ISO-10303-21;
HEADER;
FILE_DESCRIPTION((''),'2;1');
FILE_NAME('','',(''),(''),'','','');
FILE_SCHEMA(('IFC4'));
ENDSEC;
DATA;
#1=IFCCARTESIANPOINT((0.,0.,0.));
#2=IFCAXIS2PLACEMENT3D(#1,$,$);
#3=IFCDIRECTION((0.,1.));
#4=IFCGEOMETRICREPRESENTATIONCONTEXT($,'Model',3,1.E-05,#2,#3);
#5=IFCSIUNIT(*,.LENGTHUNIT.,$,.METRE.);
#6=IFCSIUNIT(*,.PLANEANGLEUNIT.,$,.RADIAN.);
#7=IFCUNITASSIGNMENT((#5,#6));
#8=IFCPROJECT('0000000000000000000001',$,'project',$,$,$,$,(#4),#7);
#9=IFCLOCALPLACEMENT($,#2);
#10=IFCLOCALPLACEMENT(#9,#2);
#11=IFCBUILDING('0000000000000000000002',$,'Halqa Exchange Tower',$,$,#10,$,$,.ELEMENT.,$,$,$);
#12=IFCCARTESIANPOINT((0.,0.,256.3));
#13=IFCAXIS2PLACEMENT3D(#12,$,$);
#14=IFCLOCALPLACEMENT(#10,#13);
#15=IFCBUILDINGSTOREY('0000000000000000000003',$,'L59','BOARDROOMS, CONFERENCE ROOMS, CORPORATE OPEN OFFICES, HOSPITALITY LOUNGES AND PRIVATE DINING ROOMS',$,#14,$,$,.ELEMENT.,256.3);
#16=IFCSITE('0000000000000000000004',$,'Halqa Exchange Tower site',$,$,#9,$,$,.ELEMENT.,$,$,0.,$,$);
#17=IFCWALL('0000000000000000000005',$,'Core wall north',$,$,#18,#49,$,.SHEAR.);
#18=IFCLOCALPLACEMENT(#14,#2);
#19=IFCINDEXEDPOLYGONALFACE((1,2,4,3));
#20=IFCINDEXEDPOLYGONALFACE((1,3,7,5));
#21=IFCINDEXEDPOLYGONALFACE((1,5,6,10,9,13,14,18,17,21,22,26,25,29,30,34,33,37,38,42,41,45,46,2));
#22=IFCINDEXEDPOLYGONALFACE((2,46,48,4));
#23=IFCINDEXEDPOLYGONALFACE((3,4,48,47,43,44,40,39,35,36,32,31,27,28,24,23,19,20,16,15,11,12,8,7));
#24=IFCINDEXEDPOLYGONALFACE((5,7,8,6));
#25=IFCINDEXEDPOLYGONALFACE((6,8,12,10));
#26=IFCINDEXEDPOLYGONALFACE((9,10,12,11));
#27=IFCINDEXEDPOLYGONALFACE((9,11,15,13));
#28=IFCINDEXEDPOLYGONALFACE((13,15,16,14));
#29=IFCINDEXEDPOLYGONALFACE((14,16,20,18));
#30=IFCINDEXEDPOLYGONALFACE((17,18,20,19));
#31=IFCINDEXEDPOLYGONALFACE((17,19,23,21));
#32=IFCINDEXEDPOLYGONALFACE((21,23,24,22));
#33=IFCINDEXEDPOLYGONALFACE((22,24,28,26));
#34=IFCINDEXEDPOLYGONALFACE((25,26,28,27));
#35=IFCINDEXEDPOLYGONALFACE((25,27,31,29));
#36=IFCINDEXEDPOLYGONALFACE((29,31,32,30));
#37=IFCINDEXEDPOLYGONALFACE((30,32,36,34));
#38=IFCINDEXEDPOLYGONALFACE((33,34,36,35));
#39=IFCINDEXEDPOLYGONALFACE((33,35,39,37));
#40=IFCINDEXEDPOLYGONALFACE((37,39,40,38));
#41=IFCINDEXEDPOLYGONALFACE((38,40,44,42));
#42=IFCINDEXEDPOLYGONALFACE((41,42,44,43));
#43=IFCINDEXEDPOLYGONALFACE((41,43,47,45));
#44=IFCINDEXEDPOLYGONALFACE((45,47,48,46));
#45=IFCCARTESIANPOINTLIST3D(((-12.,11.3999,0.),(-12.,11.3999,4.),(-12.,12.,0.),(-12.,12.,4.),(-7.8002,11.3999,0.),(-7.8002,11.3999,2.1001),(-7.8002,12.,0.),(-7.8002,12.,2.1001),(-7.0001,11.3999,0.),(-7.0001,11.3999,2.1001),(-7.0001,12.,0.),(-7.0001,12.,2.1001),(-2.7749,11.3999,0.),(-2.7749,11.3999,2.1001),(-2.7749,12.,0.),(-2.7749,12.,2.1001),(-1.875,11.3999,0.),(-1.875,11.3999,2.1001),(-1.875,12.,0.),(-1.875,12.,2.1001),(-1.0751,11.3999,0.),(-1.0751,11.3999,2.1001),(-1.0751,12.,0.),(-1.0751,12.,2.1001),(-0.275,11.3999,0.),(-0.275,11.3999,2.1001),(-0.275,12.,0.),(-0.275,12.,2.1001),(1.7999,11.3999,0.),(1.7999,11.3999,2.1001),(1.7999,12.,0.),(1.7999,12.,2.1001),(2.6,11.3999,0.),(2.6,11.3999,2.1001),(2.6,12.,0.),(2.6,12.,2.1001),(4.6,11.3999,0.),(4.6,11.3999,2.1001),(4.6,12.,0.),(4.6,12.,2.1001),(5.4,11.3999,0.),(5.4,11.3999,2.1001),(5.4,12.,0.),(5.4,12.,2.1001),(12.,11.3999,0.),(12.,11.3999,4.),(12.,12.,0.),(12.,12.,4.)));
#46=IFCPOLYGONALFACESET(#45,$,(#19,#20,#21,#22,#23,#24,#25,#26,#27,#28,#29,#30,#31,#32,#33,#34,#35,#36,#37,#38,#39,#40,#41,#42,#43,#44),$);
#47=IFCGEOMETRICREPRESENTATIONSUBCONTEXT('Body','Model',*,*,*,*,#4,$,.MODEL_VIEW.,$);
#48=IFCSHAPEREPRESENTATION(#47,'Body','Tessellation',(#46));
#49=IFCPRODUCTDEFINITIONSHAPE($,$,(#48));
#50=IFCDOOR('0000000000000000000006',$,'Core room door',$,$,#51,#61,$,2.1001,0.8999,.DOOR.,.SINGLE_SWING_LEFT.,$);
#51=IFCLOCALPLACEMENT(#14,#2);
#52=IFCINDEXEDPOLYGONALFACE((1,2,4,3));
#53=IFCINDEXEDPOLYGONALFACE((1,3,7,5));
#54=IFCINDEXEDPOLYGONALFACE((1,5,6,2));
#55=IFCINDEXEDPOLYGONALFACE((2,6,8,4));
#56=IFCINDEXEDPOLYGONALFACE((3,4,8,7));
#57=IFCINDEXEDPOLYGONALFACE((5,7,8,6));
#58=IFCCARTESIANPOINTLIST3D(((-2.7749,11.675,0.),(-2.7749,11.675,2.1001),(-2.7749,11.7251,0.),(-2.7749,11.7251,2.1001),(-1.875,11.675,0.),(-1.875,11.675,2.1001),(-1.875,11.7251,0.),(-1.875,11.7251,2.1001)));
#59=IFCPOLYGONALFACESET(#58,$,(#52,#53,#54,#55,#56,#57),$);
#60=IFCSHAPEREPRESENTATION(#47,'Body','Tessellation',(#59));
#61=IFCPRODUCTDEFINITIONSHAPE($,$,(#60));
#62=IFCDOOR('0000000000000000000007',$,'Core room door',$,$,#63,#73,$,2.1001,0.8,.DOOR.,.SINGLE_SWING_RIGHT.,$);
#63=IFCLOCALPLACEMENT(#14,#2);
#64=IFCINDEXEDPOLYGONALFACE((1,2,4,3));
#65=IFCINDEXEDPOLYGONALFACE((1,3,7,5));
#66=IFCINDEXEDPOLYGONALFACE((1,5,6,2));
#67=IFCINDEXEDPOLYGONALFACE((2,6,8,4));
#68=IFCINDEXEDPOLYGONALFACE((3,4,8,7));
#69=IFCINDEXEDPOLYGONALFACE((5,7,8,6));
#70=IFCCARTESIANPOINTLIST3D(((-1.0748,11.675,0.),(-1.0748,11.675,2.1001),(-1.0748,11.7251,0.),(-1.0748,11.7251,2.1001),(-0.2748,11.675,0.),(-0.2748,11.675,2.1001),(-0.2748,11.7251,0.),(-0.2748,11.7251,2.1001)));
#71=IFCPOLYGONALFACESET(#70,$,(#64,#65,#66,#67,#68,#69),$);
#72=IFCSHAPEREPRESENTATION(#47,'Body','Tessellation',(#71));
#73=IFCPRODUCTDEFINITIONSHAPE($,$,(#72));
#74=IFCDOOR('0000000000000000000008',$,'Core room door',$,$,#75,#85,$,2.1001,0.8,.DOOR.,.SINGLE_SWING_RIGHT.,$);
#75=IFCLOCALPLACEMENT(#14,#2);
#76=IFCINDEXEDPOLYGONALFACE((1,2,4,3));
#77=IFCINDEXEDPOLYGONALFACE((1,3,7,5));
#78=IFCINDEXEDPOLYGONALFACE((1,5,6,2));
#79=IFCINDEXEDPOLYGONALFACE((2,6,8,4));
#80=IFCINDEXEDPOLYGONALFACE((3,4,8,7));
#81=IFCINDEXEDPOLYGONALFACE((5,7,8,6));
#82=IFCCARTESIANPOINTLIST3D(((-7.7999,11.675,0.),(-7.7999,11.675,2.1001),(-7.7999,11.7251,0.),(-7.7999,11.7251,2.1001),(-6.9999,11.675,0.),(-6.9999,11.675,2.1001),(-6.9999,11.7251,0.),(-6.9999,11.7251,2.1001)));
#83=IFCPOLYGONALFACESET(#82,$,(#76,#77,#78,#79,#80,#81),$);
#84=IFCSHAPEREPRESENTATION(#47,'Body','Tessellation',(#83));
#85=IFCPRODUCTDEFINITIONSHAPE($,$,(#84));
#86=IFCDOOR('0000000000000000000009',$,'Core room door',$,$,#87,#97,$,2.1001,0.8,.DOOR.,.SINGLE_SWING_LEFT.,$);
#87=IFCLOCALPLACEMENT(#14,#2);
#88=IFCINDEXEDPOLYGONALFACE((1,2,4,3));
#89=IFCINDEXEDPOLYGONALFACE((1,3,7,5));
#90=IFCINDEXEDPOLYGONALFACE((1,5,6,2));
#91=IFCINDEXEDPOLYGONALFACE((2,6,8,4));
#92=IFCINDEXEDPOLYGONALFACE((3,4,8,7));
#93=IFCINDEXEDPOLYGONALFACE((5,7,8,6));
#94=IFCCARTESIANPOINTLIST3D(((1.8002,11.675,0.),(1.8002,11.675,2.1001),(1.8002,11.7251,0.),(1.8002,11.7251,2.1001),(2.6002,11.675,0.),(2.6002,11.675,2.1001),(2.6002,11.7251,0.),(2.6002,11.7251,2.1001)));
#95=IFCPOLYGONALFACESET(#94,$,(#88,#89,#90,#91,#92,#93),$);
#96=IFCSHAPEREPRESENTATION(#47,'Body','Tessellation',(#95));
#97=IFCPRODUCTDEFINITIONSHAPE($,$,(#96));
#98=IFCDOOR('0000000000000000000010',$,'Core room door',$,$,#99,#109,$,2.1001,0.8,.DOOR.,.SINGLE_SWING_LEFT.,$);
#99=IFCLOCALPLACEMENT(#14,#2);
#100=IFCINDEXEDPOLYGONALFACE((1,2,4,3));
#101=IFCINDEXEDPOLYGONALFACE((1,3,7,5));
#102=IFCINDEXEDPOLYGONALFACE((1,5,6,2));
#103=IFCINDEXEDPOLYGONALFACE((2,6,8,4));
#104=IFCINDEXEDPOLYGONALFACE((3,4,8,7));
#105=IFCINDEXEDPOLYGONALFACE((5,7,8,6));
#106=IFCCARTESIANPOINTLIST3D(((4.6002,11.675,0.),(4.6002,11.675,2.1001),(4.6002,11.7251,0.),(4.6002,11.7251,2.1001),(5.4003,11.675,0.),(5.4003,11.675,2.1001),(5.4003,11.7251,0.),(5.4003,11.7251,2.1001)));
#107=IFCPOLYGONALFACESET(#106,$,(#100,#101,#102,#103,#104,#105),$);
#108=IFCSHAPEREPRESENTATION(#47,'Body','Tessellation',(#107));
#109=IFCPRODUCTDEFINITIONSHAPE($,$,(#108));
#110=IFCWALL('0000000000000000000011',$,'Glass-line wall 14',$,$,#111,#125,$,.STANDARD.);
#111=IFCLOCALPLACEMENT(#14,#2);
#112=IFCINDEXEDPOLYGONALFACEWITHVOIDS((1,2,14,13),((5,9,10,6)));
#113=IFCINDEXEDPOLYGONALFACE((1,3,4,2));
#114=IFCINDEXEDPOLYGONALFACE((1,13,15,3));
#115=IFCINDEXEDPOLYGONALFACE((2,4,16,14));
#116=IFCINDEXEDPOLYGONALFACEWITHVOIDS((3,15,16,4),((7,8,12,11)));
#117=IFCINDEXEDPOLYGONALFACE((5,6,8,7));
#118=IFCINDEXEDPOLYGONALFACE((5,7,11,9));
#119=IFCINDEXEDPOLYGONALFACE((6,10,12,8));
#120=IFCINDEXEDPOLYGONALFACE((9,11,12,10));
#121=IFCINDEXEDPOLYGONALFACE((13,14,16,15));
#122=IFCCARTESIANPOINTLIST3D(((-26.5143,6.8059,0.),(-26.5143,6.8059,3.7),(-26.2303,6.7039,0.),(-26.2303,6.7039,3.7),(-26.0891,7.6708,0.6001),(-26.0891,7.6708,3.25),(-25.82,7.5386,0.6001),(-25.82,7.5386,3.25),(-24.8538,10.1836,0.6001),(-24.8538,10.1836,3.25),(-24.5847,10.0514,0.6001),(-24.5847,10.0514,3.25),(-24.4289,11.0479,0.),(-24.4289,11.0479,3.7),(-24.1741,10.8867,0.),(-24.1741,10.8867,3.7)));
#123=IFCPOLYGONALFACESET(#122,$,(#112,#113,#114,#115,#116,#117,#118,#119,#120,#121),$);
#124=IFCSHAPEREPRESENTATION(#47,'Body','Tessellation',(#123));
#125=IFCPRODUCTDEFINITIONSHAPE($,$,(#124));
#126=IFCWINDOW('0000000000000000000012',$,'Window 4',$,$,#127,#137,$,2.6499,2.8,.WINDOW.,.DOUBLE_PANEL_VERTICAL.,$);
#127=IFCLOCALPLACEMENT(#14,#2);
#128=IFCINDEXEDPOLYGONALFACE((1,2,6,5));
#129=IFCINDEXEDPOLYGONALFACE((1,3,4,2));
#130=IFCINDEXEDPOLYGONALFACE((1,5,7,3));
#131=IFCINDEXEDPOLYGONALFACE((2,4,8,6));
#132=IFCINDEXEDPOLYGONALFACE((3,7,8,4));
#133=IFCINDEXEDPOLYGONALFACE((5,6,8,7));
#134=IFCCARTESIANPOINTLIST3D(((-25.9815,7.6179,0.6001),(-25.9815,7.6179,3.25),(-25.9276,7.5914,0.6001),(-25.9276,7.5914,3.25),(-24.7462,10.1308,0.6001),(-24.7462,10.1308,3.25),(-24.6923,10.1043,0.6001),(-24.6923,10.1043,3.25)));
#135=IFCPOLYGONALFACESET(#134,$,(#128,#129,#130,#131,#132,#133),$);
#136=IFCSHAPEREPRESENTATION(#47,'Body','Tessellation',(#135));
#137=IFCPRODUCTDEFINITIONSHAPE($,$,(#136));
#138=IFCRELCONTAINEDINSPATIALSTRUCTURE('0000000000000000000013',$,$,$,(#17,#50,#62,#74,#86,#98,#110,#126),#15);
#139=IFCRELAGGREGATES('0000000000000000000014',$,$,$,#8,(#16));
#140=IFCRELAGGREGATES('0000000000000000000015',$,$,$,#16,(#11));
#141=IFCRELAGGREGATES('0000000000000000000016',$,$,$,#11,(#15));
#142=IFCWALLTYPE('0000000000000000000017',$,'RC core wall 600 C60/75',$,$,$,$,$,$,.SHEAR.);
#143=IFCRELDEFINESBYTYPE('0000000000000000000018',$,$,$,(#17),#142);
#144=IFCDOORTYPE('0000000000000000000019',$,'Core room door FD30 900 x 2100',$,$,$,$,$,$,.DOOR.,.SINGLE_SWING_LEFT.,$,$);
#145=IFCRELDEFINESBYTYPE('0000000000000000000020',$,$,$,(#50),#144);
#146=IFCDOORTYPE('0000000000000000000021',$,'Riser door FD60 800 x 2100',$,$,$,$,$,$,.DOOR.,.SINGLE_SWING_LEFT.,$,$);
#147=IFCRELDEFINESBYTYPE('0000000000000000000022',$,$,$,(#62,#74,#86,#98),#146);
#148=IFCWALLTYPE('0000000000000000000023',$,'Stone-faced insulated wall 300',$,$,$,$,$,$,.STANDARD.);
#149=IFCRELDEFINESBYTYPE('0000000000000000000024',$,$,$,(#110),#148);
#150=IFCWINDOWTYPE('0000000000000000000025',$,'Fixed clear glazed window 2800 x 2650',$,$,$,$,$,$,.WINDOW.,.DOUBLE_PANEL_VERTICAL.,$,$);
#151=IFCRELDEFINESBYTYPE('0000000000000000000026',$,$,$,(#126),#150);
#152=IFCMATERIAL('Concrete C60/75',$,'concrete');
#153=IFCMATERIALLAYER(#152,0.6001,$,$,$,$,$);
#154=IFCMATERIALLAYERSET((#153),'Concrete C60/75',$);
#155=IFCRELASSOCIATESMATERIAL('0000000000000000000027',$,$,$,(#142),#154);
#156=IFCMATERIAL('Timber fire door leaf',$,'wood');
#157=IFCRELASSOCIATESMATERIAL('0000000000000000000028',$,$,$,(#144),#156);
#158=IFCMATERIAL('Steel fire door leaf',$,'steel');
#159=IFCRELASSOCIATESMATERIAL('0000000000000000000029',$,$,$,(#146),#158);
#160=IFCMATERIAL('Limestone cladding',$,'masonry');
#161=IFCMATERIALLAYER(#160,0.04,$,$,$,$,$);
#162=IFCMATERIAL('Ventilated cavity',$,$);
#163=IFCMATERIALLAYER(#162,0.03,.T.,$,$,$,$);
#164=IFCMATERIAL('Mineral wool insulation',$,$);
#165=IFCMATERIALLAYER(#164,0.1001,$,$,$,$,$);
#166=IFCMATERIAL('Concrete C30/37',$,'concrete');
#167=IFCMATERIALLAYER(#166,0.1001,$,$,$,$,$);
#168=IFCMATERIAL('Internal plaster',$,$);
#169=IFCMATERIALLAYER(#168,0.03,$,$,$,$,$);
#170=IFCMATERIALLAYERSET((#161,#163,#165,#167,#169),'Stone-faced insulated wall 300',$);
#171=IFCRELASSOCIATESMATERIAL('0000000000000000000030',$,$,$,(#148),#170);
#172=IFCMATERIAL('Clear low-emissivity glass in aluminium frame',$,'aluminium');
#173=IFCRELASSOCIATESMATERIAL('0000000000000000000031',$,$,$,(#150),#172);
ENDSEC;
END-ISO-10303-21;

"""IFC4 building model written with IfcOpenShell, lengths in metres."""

from ifc_helpers import new_model, si_unit, direction, frame, frame_2d, origin, place, context, subcontext, project, spatial, polyline, rectangle, outline, extrude, material, layer, layer_set, type_object, element, fill, save


model = new_model("IFC4")

# Units and contexts
model_context = context("Model", 3, precision=1e-05, world=origin(), true_north=direction((0.0, 1.0)))
body_context = subcontext(model_context, "Body", "Model", "MODEL_VIEW")
ifc_project = project(units=[si_unit("LENGTHUNIT", "METRE"), si_unit("PLANEANGLEUNIT", "RADIAN")], contexts=[model_context])

# Site, building, storey
site_placement = place(None, origin())
site = spatial("IfcSite", under=ifc_project, at=site_placement, Name="Halqa Exchange Tower site", CompositionType="ELEMENT", RefElevation=0.0)
building_placement = place(site_placement, origin())
building = spatial("IfcBuilding", under=site, at=building_placement, Name="Halqa Exchange Tower", CompositionType="ELEMENT")
storey_placement = place(building_placement, frame((0.0, 0.0, 256.3)))
storey = spatial("IfcBuildingStorey", under=building, at=storey_placement, Name="L59", Description="BOARDROOMS, CONFERENCE ROOMS, CORPORATE OPEN OFFICES, HOSPITALITY LOUNGES AND PRIVATE DINING ROOMS", CompositionType="ELEMENT", Elevation=256.3)

# Shared definitions
ifc_material_1 = material(Name="Concrete C60/75", Category="concrete")

# Wall, openings, doors
ifc_layer_1 = layer(ifc_material_1, 0.6001)
ifc_layer_set_1 = layer_set([ifc_layer_1], Name="Concrete C60/75")
wall_type_1 = type_object("IfcWallType", Name="RC core wall 600 C60/75", PredefinedType="SHEAR", material=ifc_layer_set_1)
wall_1_placement = place(storey_placement, frame((-12.0, 11.7, 0.0), z_axis=(0.0, 0.0, 1.0), x_axis=(1.0, 0.0, 0.0)))
wall_1 = element("IfcWall", 1, at=wall_1_placement, inside=storey, type_object=wall_type_1, Name="Core wall north", PredefinedType="SHEAR", context=body_context, shape_type="SweptSolid", body=[
    extrude(rectangle(XDim=24.0, YDim=0.6001, at=frame_2d((12.0, 0.0))), origin(), (0.0, 0.0, 1.0), 4.0),
])
opening_1_placement = place(wall_1_placement, frame((9.2251, 0.0, 0.0)))
opening_1 = element("IfcOpeningElement", 2, at=opening_1_placement, cuts=wall_1, PredefinedType="OPENING", context=body_context, shape_type="SweptSolid", body=[
    extrude(rectangle(XDim=0.8999, YDim=2.1001, at=frame_2d((0.45, 1.05))), frame((0.0, 0.312, 0.0), z_axis=(0.0, -1.0, 0.0), x_axis=(1.0, 0.0, 0.0)), (0.0, 0.0, 1.0), 0.624),
])
opening_2_placement = place(wall_1_placement, frame((10.925, 0.0, 0.0)))
opening_2 = element("IfcOpeningElement", 3, at=opening_2_placement, cuts=wall_1, PredefinedType="OPENING", context=body_context, shape_type="SweptSolid", body=[
    extrude(rectangle(XDim=0.8, YDim=2.1001, at=frame_2d((0.3999, 1.05))), frame((0.0, 0.312, 0.0), z_axis=(0.0, -1.0, 0.0), x_axis=(1.0, 0.0, 0.0)), (0.0, 0.0, 1.0), 0.624),
])
opening_3_placement = place(wall_1_placement, frame((4.2, 0.0, 0.0)))
opening_3 = element("IfcOpeningElement", 4, at=opening_3_placement, cuts=wall_1, PredefinedType="OPENING", context=body_context, shape_type="SweptSolid", body=[
    extrude(rectangle(XDim=0.8, YDim=2.1001, at=frame_2d((0.3999, 1.05))), frame((0.0, 0.312, 0.0), z_axis=(0.0, -1.0, 0.0), x_axis=(1.0, 0.0, 0.0)), (0.0, 0.0, 1.0), 0.624),
])
opening_4_placement = place(wall_1_placement, frame((13.8, 0.0, 0.0)))
opening_4 = element("IfcOpeningElement", 5, at=opening_4_placement, cuts=wall_1, PredefinedType="OPENING", context=body_context, shape_type="SweptSolid", body=[
    extrude(rectangle(XDim=0.8, YDim=2.1001, at=frame_2d((0.3999, 1.05))), frame((0.0, 0.312, 0.0), z_axis=(0.0, -1.0, 0.0), x_axis=(1.0, 0.0, 0.0)), (0.0, 0.0, 1.0), 0.624),
])
opening_5_placement = place(wall_1_placement, frame((16.6001, 0.0, 0.0)))
opening_5 = element("IfcOpeningElement", 6, at=opening_5_placement, cuts=wall_1, PredefinedType="OPENING", context=body_context, shape_type="SweptSolid", body=[
    extrude(rectangle(XDim=0.8, YDim=2.1001, at=frame_2d((0.3999, 1.05))), frame((0.0, 0.312, 0.0), z_axis=(0.0, -1.0, 0.0), x_axis=(1.0, 0.0, 0.0)), (0.0, 0.0, 1.0), 0.624),
])
ifc_material_2 = material(Name="Timber fire door leaf", Category="wood")
door_type_1 = type_object("IfcDoorType", Name="Core room door FD30 900 x 2100", OperationType="SINGLE_SWING_LEFT", PredefinedType="DOOR", material=ifc_material_2)
door_1_placement = place(opening_1_placement, frame((0.8999, 0.0, 0.0), z_axis=(0.0, 0.0, 1.0), x_axis=(-1.0, 0.0, 0.0)))
door_1 = element("IfcDoor", 7, at=door_1_placement, inside=storey, type_object=door_type_1, Name="Core room door", OperationType="SINGLE_SWING_LEFT", OverallHeight=2.1001, OverallWidth=0.8999, PredefinedType="DOOR", context=body_context, shape_type="SweptSolid", body=[
    extrude(rectangle(XDim=0.8999, YDim=2.1001, at=frame_2d((0.45, 1.05))), frame((0.0, 0.0249, 0.0), z_axis=(0.0, -1.0, 0.0), x_axis=(1.0, 0.0, 0.0)), (0.0, 0.0, 1.0), 0.05),
])
fill(opening_1, door_1)
ifc_material_3 = material(Name="Steel fire door leaf", Category="steel")
door_type_2 = type_object("IfcDoorType", Name="Riser door FD60 800 x 2100", OperationType="SINGLE_SWING_LEFT", PredefinedType="DOOR", material=ifc_material_3)
door_2_placement = place(opening_2_placement, frame((0.8, 0.0, 0.0), z_axis=(0.0, 0.0, 1.0), x_axis=(-1.0, 0.0, 0.0)))
door_2 = element("IfcDoor", 8, at=door_2_placement, inside=storey, type_object=door_type_2, Name="Core room door", OperationType="SINGLE_SWING_RIGHT", OverallHeight=2.1001, OverallWidth=0.8, PredefinedType="DOOR", context=body_context, shape_type="SweptSolid", body=[
    extrude(rectangle(XDim=0.8, YDim=2.1001, at=frame_2d((0.3999, 1.05))), frame((0.0, 0.0249, 0.0), z_axis=(0.0, -1.0, 0.0), x_axis=(1.0, 0.0, 0.0)), (0.0, 0.0, 1.0), 0.05),
])
fill(opening_2, door_2)
door_3_placement = place(opening_3_placement, frame((0.8, 0.0, 0.0), z_axis=(0.0, 0.0, 1.0), x_axis=(-1.0, 0.0, 0.0)))
door_3 = element("IfcDoor", 9, at=door_3_placement, inside=storey, type_object=door_type_2, Name="Core room door", OperationType="SINGLE_SWING_RIGHT", OverallHeight=2.1001, OverallWidth=0.8, PredefinedType="DOOR", context=body_context, shape_type="SweptSolid", body=[
    extrude(rectangle(XDim=0.8, YDim=2.1001, at=frame_2d((0.3999, 1.05))), frame((0.0, 0.0249, 0.0), z_axis=(0.0, -1.0, 0.0), x_axis=(1.0, 0.0, 0.0)), (0.0, 0.0, 1.0), 0.05),
])
fill(opening_3, door_3)
door_4_placement = place(opening_4_placement, frame((0.8, 0.0, 0.0), z_axis=(0.0, 0.0, 1.0), x_axis=(-1.0, 0.0, 0.0)))
door_4 = element("IfcDoor", 10, at=door_4_placement, inside=storey, type_object=door_type_2, Name="Core room door", OperationType="SINGLE_SWING_LEFT", OverallHeight=2.1001, OverallWidth=0.8, PredefinedType="DOOR", context=body_context, shape_type="SweptSolid", body=[
    extrude(rectangle(XDim=0.8, YDim=2.1001, at=frame_2d((0.3999, 1.05))), frame((0.0, 0.0249, 0.0), z_axis=(0.0, -1.0, 0.0), x_axis=(1.0, 0.0, 0.0)), (0.0, 0.0, 1.0), 0.05),
])
fill(opening_4, door_4)
door_5_placement = place(opening_5_placement, frame((0.8, 0.0, 0.0), z_axis=(0.0, 0.0, 1.0), x_axis=(-1.0, 0.0, 0.0)))
door_5 = element("IfcDoor", 11, at=door_5_placement, inside=storey, type_object=door_type_2, Name="Core room door", OperationType="SINGLE_SWING_LEFT", OverallHeight=2.1001, OverallWidth=0.8, PredefinedType="DOOR", context=body_context, shape_type="SweptSolid", body=[
    extrude(rectangle(XDim=0.8, YDim=2.1001, at=frame_2d((0.3999, 1.05))), frame((0.0, 0.0249, 0.0), z_axis=(0.0, -1.0, 0.0), x_axis=(1.0, 0.0, 0.0)), (0.0, 0.0, 1.0), 0.05),
])
fill(opening_5, door_5)

# Wall, opening, window
ifc_material_4 = material(Name="Limestone cladding", Category="masonry")
ifc_layer_2 = layer(ifc_material_4, 0.04)
ifc_material_5 = material(Name="Ventilated cavity")
ifc_layer_3 = layer(ifc_material_5, 0.03, ventilated=True)
ifc_material_6 = material(Name="Mineral wool insulation")
ifc_layer_4 = layer(ifc_material_6, 0.1001)
ifc_material_7 = material(Name="Concrete C30/37", Category="concrete")
ifc_layer_5 = layer(ifc_material_7, 0.1001)
ifc_material_8 = material(Name="Internal plaster")
ifc_layer_6 = layer(ifc_material_8, 0.03)
ifc_layer_set_2 = layer_set([ifc_layer_2, ifc_layer_3, ifc_layer_4, ifc_layer_5, ifc_layer_6], Name="Stone-faced insulated wall 300")
wall_type_2 = type_object("IfcWallType", Name="Stone-faced insulated wall 300", PredefinedType="STANDARD", material=ifc_layer_set_2)
wall_2_placement = place(storey_placement, frame((-24.3015, 10.9673, 0.0), z_axis=(0.0, 0.0, 1.0), x_axis=(-0.44117, -0.897424, 0.0)))
wall_2 = element("IfcWall", 12, at=wall_2_placement, inside=storey, type_object=wall_type_2, Name="Glass-line wall 14", PredefinedType="STANDARD", context=body_context, shape_type="SweptSolid", body=[
    extrude(outline(polyline([(-0.0161, -0.1499), (4.7107, -0.1499), (4.677, 0.1499), (0.0161, 0.1499), (-0.0161, -0.1499)])), origin(), (0.0, 0.0, 1.0), 3.7),
])
opening_6_placement = place(wall_2_placement, frame((0.947, 0.0, 0.6001)))
opening_6 = element("IfcOpeningElement", 13, at=opening_6_placement, cuts=wall_2, PredefinedType="OPENING", context=body_context, shape_type="SweptSolid", body=[
    extrude(rectangle(XDim=2.8, YDim=2.6499, at=frame_2d((1.3999, 1.325))), frame((0.0, 0.1621, 0.0), z_axis=(0.0, -1.0, 0.0), x_axis=(1.0, 0.0, 0.0)), (0.0, 0.0, 1.0), 0.324),
])
ifc_material_9 = material(Name="Clear low-emissivity glass in aluminium frame", Category="aluminium")
window_type = type_object("IfcWindowType", Name="Fixed clear glazed window 2800 x 2650", PartitioningType="DOUBLE_PANEL_VERTICAL", PredefinedType="WINDOW", material=ifc_material_9)
window_1_placement = place(opening_6_placement, origin())
window_1 = element("IfcWindow", 14, at=window_1_placement, inside=storey, type_object=window_type, Name="Window 4", OverallHeight=2.6499, OverallWidth=2.8, PartitioningType="DOUBLE_PANEL_VERTICAL", PredefinedType="WINDOW", context=body_context, shape_type="SweptSolid", body=[
    extrude(rectangle(XDim=2.8, YDim=2.6499, at=frame_2d((1.3999, 1.325))), frame((0.0, 0.03, 0.0), z_axis=(0.0, -1.0, 0.0), x_axis=(1.0, 0.0, 0.0)), (0.0, 0.0, 1.0), 0.0601),
])
fill(opening_6, window_1)

save(model, "model.ifc")
